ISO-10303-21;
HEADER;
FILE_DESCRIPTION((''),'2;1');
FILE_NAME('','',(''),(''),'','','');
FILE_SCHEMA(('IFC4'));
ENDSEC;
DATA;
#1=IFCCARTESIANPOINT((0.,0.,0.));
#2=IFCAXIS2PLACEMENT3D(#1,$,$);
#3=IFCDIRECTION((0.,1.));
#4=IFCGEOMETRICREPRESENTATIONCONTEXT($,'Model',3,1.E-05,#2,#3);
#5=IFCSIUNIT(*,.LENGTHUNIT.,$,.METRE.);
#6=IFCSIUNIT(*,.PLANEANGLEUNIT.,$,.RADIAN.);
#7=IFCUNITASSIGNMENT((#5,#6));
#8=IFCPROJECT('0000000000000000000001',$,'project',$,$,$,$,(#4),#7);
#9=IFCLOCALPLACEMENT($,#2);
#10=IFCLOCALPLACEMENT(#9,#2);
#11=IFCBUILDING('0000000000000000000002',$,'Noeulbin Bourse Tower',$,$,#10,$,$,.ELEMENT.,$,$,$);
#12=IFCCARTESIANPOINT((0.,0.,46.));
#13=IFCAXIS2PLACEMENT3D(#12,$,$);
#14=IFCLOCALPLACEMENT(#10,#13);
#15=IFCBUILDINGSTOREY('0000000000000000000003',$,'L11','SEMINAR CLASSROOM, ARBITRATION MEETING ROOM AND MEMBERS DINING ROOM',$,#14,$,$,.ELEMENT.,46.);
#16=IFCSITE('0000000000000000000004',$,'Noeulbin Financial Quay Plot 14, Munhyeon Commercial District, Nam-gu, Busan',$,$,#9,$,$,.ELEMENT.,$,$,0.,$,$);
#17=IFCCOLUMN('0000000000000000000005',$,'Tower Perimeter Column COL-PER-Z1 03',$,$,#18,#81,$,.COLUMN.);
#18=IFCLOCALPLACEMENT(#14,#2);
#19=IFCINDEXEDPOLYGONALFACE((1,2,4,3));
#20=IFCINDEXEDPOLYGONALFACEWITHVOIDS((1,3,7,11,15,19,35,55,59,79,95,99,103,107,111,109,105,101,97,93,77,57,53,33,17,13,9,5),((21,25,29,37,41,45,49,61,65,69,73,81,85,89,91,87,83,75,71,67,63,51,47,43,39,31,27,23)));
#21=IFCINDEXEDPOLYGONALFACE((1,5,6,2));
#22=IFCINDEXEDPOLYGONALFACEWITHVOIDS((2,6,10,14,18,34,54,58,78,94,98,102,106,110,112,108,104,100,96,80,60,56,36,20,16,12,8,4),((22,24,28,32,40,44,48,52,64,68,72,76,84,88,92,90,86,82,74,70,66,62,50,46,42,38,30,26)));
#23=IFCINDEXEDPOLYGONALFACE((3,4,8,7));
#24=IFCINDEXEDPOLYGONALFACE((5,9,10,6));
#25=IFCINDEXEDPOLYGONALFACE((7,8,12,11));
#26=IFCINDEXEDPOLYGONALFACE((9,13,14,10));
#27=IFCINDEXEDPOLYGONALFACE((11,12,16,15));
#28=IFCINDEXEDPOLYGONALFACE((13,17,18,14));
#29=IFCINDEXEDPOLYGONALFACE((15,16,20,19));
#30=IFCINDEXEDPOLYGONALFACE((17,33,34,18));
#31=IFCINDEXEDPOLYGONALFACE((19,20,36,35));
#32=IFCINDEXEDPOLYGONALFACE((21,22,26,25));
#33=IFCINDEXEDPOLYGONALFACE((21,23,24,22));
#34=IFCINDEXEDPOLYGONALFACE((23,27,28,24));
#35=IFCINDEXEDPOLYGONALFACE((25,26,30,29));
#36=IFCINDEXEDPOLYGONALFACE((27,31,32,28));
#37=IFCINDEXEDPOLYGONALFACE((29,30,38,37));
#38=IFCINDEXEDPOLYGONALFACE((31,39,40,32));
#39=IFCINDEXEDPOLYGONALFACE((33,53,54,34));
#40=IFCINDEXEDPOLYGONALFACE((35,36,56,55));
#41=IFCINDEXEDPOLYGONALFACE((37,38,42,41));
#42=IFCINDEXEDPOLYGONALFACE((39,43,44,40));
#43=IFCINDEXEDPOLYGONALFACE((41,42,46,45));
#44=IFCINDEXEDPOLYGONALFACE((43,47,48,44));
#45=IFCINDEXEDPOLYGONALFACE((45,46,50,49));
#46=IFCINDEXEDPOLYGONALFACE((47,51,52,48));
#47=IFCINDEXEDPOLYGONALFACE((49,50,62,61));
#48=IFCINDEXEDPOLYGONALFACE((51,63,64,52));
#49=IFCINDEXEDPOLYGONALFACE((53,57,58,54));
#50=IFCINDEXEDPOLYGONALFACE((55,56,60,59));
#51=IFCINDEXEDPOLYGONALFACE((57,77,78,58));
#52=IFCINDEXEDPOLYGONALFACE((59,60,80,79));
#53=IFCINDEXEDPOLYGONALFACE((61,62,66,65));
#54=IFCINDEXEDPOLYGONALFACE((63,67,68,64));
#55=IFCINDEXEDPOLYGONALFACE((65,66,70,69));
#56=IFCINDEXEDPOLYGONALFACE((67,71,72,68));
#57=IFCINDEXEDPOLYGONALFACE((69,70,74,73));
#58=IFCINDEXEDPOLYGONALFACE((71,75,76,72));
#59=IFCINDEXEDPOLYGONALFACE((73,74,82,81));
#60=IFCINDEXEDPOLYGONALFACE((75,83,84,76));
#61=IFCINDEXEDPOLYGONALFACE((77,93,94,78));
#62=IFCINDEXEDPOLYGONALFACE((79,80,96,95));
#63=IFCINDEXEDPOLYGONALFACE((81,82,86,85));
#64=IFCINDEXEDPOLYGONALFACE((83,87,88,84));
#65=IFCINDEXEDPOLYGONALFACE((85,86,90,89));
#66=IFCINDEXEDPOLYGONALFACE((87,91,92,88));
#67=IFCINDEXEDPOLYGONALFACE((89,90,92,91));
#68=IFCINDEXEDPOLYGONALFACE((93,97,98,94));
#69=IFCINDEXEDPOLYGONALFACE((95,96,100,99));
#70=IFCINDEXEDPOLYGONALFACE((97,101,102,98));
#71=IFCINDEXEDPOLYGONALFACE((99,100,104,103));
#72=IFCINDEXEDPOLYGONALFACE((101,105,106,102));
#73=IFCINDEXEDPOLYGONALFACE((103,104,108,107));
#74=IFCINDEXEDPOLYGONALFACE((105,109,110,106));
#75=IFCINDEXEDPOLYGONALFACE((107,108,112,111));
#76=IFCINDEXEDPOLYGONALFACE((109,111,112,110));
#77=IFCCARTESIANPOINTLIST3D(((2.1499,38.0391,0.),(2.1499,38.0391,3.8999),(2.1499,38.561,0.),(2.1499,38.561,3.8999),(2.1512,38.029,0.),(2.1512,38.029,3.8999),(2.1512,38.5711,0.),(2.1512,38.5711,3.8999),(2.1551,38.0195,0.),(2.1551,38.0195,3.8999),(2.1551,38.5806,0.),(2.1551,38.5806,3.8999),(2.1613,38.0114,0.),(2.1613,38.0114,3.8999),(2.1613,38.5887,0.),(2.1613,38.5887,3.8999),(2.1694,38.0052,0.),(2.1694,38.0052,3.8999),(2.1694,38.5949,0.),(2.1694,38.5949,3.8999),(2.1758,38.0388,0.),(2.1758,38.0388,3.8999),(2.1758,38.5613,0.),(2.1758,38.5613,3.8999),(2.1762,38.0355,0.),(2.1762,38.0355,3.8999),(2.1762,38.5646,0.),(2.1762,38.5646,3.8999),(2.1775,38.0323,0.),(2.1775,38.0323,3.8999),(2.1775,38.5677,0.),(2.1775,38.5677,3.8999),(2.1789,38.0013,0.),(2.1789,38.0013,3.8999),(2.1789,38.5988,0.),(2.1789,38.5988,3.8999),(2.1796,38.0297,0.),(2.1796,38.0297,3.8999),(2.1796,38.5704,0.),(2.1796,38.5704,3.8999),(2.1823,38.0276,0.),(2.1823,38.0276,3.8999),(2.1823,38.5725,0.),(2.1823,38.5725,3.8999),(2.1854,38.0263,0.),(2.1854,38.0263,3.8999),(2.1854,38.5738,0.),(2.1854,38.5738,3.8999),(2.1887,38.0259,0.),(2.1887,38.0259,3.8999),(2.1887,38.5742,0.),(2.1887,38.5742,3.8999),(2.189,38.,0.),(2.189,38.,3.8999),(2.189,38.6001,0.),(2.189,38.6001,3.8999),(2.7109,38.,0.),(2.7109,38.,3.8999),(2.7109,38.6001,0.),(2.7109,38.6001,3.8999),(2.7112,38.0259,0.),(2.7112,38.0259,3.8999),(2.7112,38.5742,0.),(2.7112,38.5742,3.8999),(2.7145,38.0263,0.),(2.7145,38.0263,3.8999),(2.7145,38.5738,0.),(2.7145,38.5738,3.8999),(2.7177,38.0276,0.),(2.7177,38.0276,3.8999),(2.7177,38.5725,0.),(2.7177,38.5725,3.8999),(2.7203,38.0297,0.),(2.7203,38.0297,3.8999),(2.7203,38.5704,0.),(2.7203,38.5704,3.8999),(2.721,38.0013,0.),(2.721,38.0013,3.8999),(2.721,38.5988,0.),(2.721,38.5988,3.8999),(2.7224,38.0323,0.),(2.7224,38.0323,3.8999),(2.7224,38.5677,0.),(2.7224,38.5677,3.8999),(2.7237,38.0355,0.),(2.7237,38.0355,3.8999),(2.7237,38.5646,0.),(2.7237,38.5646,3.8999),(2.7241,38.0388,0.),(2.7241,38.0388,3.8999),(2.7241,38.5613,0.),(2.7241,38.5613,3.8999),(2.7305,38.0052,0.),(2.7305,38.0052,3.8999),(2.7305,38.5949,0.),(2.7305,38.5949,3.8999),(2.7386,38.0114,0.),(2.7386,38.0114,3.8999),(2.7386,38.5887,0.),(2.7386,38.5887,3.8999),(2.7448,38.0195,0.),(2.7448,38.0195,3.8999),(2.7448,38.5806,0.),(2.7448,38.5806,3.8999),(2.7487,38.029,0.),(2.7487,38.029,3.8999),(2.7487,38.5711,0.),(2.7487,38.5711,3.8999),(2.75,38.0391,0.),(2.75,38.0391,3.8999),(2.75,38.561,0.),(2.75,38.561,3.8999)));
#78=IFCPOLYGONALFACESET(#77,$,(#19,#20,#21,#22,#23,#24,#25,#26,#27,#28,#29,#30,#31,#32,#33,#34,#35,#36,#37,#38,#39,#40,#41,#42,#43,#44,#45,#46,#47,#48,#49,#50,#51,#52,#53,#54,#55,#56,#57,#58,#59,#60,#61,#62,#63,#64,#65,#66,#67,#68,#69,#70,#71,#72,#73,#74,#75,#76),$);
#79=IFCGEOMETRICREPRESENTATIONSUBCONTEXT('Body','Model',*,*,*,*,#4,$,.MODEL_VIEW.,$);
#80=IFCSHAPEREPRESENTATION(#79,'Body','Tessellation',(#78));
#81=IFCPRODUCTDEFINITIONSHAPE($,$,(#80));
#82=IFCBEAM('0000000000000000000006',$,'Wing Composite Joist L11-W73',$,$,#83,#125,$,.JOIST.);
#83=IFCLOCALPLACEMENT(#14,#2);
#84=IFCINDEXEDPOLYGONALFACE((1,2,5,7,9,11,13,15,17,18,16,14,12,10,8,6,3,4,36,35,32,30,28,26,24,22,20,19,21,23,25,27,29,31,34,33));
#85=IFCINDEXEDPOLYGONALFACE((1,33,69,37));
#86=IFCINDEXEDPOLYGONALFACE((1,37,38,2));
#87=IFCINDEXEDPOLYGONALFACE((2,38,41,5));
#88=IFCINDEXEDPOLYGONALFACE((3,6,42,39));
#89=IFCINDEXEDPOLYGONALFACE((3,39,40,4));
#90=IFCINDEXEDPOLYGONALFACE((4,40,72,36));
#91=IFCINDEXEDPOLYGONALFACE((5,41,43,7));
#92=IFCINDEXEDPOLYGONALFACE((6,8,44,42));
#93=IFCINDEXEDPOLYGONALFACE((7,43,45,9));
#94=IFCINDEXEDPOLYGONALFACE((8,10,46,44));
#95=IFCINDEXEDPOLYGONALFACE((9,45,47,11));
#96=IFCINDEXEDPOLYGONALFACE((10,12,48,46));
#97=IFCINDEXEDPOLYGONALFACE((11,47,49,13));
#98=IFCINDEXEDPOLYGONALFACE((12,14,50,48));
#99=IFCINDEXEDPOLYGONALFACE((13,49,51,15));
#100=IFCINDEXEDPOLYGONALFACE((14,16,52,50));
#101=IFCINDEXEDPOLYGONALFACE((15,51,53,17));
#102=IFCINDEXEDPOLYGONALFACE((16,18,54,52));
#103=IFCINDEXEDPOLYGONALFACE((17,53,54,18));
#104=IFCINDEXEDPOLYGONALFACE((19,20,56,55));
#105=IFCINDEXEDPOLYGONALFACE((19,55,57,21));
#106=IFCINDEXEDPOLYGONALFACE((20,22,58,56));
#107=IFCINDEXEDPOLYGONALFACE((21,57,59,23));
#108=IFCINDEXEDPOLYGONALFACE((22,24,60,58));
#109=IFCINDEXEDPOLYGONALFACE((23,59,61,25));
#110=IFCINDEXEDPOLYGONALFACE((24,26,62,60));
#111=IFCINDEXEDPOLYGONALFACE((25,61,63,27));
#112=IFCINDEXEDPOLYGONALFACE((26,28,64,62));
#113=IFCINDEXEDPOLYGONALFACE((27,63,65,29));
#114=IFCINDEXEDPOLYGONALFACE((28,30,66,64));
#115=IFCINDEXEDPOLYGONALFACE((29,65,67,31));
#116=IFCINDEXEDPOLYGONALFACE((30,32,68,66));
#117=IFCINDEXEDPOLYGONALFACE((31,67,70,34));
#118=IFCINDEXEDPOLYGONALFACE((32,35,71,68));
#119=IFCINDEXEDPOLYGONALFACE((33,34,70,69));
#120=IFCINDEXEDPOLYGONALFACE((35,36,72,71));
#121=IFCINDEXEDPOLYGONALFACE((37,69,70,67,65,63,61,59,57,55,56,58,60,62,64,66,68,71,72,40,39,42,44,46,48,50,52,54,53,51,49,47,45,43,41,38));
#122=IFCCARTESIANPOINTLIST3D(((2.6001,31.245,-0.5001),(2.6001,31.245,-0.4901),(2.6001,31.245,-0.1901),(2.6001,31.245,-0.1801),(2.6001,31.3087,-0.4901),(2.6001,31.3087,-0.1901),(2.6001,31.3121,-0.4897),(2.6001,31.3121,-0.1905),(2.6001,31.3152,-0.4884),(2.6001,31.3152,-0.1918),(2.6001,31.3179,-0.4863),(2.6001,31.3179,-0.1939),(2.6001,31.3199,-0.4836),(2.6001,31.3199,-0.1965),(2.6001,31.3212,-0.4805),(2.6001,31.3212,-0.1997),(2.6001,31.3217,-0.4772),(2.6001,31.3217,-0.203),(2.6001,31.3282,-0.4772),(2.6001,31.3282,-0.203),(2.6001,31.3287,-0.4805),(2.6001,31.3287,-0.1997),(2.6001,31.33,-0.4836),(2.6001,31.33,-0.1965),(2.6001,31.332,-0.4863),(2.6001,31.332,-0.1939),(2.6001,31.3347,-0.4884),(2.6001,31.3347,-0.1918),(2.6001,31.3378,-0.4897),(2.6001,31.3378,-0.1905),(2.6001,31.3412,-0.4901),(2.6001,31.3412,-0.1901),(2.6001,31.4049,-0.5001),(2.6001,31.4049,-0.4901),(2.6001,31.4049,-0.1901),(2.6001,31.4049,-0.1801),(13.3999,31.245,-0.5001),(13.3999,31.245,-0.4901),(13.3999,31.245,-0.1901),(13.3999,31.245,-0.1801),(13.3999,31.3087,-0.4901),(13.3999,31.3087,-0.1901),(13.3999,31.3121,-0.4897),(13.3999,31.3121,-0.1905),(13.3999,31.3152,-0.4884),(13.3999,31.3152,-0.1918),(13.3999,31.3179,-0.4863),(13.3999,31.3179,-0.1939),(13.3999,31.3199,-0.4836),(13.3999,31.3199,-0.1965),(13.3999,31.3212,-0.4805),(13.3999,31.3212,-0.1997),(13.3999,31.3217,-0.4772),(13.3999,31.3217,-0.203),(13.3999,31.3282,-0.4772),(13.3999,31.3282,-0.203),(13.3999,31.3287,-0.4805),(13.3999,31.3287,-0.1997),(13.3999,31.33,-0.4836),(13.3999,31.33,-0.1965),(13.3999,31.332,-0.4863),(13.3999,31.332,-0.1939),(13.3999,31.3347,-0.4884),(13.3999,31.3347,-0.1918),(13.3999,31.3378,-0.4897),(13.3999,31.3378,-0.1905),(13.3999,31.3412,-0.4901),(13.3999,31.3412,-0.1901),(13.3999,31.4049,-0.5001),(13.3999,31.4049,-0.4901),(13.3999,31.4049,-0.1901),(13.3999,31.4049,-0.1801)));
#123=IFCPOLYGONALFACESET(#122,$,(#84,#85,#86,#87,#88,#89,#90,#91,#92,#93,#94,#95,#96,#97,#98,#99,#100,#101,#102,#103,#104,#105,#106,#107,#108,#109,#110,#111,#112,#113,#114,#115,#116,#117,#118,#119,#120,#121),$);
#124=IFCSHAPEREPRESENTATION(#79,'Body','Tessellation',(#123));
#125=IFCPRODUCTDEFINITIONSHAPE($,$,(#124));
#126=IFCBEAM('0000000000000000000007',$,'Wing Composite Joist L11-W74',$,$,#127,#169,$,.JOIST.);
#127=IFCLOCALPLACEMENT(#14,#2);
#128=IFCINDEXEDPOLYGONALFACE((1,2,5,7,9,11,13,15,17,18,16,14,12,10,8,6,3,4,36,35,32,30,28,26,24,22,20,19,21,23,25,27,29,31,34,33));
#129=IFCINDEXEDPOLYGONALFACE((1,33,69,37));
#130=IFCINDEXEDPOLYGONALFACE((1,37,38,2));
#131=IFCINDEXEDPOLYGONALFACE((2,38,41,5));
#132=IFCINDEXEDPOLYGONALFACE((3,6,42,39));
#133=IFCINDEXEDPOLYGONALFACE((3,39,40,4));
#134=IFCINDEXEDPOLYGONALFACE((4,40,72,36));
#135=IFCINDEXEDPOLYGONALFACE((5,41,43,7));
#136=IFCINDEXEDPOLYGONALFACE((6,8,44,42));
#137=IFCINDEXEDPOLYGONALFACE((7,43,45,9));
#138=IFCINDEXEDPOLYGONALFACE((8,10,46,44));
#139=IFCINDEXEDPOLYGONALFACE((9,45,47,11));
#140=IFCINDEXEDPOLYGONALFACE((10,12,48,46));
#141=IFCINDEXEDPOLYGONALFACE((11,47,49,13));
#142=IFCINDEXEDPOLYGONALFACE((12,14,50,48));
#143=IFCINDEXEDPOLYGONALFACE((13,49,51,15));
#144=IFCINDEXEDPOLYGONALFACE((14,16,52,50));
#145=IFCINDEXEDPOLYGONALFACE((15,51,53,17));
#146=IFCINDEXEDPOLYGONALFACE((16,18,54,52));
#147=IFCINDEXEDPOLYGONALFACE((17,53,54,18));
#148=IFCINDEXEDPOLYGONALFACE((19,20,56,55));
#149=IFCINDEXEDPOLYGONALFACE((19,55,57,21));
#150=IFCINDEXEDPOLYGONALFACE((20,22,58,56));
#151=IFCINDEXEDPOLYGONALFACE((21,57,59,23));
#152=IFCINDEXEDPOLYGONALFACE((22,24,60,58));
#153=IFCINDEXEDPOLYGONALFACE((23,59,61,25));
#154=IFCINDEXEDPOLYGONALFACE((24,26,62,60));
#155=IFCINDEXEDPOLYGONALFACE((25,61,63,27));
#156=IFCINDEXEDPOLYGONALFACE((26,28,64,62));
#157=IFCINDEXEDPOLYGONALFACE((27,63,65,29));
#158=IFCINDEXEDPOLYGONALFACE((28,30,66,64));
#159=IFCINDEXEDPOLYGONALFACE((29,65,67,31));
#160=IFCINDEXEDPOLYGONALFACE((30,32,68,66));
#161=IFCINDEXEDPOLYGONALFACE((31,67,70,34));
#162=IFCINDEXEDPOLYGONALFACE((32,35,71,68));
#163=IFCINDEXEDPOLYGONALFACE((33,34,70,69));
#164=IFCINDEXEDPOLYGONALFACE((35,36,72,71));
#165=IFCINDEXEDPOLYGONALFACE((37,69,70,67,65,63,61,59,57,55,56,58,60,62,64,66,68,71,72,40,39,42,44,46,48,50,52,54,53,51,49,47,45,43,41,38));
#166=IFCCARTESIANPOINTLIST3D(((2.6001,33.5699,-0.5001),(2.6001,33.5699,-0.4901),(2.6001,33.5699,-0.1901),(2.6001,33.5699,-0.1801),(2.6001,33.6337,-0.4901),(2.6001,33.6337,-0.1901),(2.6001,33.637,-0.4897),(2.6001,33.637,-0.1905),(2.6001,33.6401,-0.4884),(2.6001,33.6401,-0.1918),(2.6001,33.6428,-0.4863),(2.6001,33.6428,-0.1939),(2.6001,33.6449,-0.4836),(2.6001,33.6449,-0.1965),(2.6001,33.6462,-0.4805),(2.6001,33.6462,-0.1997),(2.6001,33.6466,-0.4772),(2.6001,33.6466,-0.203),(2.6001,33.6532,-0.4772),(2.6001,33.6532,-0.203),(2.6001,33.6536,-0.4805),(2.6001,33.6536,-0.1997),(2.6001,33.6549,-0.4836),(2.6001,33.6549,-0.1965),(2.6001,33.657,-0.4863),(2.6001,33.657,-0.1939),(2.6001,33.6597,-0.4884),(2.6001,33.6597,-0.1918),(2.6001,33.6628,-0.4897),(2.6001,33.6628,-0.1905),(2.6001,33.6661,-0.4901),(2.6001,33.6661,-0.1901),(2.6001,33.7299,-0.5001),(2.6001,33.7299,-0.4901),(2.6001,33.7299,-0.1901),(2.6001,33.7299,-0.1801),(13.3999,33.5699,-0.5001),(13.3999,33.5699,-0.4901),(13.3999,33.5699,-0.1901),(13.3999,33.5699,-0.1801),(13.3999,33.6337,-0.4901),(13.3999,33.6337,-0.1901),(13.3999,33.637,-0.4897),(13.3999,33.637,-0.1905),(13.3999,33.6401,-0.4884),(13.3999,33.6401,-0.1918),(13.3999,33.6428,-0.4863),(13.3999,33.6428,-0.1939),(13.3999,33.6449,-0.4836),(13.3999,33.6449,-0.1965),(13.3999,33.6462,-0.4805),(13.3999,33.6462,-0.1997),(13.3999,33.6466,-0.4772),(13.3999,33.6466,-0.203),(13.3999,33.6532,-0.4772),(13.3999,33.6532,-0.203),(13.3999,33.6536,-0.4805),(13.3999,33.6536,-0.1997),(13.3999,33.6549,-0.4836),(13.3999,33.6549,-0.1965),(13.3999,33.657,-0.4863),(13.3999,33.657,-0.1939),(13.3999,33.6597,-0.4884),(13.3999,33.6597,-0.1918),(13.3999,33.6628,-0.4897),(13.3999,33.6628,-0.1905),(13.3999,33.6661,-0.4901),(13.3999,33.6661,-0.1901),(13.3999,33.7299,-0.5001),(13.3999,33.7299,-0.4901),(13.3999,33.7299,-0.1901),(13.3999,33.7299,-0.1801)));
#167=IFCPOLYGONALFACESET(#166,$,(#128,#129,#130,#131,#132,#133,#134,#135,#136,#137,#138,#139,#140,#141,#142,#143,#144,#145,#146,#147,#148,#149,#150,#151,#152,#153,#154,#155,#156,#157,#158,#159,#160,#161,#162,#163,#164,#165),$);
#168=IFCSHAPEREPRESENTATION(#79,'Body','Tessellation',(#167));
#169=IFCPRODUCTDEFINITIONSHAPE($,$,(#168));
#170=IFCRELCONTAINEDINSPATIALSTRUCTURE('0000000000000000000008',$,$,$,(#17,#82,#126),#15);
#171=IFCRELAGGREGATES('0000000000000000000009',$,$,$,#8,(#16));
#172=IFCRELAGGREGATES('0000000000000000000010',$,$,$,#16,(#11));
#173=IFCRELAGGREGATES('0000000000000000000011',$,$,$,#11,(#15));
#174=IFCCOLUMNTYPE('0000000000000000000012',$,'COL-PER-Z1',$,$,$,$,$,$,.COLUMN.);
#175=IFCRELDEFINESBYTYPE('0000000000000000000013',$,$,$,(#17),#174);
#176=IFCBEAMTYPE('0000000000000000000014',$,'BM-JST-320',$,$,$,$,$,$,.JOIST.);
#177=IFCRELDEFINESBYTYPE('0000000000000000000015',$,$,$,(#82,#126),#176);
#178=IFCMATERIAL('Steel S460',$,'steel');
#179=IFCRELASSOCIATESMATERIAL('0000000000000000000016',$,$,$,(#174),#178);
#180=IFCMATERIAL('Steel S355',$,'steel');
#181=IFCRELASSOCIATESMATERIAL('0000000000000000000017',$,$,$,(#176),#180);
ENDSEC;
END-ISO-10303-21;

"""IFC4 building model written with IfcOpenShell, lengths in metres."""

from ifc_helpers import new_model, si_unit, direction, frame, origin, origin_2d, place, context, subcontext, project, spatial, hollow_rectangle, i_section, extrude, material, material_profile, profile_set, type_object, element, save


model = new_model("IFC4")

# Units and contexts
model_context = context("Model", 3, precision=1e-05, world=origin(), true_north=direction((0.0, 1.0)))
body_context = subcontext(model_context, "Body", "Model", "MODEL_VIEW")
ifc_project = project(units=[si_unit("LENGTHUNIT", "METRE"), si_unit("PLANEANGLEUNIT", "RADIAN")], contexts=[model_context])

# Site, building, storey
site_placement = place(None, origin())
site = spatial("IfcSite", under=ifc_project, at=site_placement, Name="Noeulbin Financial Quay Plot 14, Munhyeon Commercial District, Nam-gu, Busan", CompositionType="ELEMENT", RefElevation=0.0)
building_placement = place(site_placement, origin())
building = spatial("IfcBuilding", under=site, at=building_placement, Name="Noeulbin Bourse Tower", CompositionType="ELEMENT")
storey_placement = place(building_placement, frame((0.0, 0.0, 46.0)))
storey = spatial("IfcBuildingStorey", under=building, at=storey_placement, Name="L11", Description="SEMINAR CLASSROOM, ARBITRATION MEETING ROOM AND MEMBERS DINING ROOM", CompositionType="ELEMENT", Elevation=46.0)

# Column
ifc_material_1 = material(Name="Steel S460", Category="steel")
ifc_material_profile_1 = material_profile(ifc_material_1, hollow_rectangle(XDim=0.6001, YDim=0.6001, WallThickness=0.0259, InnerFilletRadius=0.0129, OuterFilletRadius=0.0391, at=origin_2d()), Name="BOX-600x600x26", Category="LoadBearing")
ifc_profile_set_1 = profile_set([ifc_material_profile_1], Name="Steel S460")
column_type = type_object("IfcColumnType", Name="COL-PER-Z1", PredefinedType="COLUMN", material=ifc_profile_set_1)
column_placement = place(storey_placement, frame((2.45, 38.3, 0.0), z_axis=(0.0, 0.0, 1.0), x_axis=(1.0, 0.0, 0.0)))
element("IfcColumn", 1, at=column_placement, inside=storey, type_object=column_type, Name="Tower Perimeter Column COL-PER-Z1 03", PredefinedType="COLUMN", context=body_context, shape_type="SweptSolid", body=[
    extrude(hollow_rectangle(XDim=0.6001, YDim=0.6001, WallThickness=0.0259, InnerFilletRadius=0.0129, OuterFilletRadius=0.0391, at=origin_2d()), origin(), (0.0, 0.0, 1.0), 3.8999),
])

# Beams
ifc_material_2 = material(Name="Steel S355", Category="steel")
ifc_material_profile_2 = material_profile(ifc_material_2, i_section(OverallWidth=0.1599, OverallDepth=0.3201, WebThickness=0.0066, FlangeThickness=0.01, FilletRadius=0.0129, at=origin_2d()), Name="H-320x160x6.5x10", Category="LoadBearing")
ifc_profile_set_2 = profile_set([ifc_material_profile_2], Name="Steel S355")
beam_type = type_object("IfcBeamType", Name="BM-JST-320", PredefinedType="JOIST", material=ifc_profile_set_2)
for number, where, z_axis, x_axis, name in (
    (2, (2.6001, 31.325, -0.3401), (1.0, 0.0, 0.0), (0.0, 1.0, 0.0), "Wing Composite Joist L11-W73"),
    (3, (2.6001, 33.6499, -0.3401), (1.0, 0.0, 0.0), (0.0, 1.0, 0.0), "Wing Composite Joist L11-W74"),
):
    element("IfcBeam", number, at=place(storey_placement, frame(where, z_axis=z_axis, x_axis=x_axis)), inside=storey, type_object=beam_type, Name=name, PredefinedType="JOIST", context=body_context, shape_type="SweptSolid", body=[
        extrude(i_section(OverallWidth=0.1599, OverallDepth=0.3201, WebThickness=0.0066, FlangeThickness=0.01, FilletRadius=0.0129, at=origin_2d()), origin(), (0.0, 0.0, 1.0), 10.7998),
    ])

save(model, "model.ifc")
